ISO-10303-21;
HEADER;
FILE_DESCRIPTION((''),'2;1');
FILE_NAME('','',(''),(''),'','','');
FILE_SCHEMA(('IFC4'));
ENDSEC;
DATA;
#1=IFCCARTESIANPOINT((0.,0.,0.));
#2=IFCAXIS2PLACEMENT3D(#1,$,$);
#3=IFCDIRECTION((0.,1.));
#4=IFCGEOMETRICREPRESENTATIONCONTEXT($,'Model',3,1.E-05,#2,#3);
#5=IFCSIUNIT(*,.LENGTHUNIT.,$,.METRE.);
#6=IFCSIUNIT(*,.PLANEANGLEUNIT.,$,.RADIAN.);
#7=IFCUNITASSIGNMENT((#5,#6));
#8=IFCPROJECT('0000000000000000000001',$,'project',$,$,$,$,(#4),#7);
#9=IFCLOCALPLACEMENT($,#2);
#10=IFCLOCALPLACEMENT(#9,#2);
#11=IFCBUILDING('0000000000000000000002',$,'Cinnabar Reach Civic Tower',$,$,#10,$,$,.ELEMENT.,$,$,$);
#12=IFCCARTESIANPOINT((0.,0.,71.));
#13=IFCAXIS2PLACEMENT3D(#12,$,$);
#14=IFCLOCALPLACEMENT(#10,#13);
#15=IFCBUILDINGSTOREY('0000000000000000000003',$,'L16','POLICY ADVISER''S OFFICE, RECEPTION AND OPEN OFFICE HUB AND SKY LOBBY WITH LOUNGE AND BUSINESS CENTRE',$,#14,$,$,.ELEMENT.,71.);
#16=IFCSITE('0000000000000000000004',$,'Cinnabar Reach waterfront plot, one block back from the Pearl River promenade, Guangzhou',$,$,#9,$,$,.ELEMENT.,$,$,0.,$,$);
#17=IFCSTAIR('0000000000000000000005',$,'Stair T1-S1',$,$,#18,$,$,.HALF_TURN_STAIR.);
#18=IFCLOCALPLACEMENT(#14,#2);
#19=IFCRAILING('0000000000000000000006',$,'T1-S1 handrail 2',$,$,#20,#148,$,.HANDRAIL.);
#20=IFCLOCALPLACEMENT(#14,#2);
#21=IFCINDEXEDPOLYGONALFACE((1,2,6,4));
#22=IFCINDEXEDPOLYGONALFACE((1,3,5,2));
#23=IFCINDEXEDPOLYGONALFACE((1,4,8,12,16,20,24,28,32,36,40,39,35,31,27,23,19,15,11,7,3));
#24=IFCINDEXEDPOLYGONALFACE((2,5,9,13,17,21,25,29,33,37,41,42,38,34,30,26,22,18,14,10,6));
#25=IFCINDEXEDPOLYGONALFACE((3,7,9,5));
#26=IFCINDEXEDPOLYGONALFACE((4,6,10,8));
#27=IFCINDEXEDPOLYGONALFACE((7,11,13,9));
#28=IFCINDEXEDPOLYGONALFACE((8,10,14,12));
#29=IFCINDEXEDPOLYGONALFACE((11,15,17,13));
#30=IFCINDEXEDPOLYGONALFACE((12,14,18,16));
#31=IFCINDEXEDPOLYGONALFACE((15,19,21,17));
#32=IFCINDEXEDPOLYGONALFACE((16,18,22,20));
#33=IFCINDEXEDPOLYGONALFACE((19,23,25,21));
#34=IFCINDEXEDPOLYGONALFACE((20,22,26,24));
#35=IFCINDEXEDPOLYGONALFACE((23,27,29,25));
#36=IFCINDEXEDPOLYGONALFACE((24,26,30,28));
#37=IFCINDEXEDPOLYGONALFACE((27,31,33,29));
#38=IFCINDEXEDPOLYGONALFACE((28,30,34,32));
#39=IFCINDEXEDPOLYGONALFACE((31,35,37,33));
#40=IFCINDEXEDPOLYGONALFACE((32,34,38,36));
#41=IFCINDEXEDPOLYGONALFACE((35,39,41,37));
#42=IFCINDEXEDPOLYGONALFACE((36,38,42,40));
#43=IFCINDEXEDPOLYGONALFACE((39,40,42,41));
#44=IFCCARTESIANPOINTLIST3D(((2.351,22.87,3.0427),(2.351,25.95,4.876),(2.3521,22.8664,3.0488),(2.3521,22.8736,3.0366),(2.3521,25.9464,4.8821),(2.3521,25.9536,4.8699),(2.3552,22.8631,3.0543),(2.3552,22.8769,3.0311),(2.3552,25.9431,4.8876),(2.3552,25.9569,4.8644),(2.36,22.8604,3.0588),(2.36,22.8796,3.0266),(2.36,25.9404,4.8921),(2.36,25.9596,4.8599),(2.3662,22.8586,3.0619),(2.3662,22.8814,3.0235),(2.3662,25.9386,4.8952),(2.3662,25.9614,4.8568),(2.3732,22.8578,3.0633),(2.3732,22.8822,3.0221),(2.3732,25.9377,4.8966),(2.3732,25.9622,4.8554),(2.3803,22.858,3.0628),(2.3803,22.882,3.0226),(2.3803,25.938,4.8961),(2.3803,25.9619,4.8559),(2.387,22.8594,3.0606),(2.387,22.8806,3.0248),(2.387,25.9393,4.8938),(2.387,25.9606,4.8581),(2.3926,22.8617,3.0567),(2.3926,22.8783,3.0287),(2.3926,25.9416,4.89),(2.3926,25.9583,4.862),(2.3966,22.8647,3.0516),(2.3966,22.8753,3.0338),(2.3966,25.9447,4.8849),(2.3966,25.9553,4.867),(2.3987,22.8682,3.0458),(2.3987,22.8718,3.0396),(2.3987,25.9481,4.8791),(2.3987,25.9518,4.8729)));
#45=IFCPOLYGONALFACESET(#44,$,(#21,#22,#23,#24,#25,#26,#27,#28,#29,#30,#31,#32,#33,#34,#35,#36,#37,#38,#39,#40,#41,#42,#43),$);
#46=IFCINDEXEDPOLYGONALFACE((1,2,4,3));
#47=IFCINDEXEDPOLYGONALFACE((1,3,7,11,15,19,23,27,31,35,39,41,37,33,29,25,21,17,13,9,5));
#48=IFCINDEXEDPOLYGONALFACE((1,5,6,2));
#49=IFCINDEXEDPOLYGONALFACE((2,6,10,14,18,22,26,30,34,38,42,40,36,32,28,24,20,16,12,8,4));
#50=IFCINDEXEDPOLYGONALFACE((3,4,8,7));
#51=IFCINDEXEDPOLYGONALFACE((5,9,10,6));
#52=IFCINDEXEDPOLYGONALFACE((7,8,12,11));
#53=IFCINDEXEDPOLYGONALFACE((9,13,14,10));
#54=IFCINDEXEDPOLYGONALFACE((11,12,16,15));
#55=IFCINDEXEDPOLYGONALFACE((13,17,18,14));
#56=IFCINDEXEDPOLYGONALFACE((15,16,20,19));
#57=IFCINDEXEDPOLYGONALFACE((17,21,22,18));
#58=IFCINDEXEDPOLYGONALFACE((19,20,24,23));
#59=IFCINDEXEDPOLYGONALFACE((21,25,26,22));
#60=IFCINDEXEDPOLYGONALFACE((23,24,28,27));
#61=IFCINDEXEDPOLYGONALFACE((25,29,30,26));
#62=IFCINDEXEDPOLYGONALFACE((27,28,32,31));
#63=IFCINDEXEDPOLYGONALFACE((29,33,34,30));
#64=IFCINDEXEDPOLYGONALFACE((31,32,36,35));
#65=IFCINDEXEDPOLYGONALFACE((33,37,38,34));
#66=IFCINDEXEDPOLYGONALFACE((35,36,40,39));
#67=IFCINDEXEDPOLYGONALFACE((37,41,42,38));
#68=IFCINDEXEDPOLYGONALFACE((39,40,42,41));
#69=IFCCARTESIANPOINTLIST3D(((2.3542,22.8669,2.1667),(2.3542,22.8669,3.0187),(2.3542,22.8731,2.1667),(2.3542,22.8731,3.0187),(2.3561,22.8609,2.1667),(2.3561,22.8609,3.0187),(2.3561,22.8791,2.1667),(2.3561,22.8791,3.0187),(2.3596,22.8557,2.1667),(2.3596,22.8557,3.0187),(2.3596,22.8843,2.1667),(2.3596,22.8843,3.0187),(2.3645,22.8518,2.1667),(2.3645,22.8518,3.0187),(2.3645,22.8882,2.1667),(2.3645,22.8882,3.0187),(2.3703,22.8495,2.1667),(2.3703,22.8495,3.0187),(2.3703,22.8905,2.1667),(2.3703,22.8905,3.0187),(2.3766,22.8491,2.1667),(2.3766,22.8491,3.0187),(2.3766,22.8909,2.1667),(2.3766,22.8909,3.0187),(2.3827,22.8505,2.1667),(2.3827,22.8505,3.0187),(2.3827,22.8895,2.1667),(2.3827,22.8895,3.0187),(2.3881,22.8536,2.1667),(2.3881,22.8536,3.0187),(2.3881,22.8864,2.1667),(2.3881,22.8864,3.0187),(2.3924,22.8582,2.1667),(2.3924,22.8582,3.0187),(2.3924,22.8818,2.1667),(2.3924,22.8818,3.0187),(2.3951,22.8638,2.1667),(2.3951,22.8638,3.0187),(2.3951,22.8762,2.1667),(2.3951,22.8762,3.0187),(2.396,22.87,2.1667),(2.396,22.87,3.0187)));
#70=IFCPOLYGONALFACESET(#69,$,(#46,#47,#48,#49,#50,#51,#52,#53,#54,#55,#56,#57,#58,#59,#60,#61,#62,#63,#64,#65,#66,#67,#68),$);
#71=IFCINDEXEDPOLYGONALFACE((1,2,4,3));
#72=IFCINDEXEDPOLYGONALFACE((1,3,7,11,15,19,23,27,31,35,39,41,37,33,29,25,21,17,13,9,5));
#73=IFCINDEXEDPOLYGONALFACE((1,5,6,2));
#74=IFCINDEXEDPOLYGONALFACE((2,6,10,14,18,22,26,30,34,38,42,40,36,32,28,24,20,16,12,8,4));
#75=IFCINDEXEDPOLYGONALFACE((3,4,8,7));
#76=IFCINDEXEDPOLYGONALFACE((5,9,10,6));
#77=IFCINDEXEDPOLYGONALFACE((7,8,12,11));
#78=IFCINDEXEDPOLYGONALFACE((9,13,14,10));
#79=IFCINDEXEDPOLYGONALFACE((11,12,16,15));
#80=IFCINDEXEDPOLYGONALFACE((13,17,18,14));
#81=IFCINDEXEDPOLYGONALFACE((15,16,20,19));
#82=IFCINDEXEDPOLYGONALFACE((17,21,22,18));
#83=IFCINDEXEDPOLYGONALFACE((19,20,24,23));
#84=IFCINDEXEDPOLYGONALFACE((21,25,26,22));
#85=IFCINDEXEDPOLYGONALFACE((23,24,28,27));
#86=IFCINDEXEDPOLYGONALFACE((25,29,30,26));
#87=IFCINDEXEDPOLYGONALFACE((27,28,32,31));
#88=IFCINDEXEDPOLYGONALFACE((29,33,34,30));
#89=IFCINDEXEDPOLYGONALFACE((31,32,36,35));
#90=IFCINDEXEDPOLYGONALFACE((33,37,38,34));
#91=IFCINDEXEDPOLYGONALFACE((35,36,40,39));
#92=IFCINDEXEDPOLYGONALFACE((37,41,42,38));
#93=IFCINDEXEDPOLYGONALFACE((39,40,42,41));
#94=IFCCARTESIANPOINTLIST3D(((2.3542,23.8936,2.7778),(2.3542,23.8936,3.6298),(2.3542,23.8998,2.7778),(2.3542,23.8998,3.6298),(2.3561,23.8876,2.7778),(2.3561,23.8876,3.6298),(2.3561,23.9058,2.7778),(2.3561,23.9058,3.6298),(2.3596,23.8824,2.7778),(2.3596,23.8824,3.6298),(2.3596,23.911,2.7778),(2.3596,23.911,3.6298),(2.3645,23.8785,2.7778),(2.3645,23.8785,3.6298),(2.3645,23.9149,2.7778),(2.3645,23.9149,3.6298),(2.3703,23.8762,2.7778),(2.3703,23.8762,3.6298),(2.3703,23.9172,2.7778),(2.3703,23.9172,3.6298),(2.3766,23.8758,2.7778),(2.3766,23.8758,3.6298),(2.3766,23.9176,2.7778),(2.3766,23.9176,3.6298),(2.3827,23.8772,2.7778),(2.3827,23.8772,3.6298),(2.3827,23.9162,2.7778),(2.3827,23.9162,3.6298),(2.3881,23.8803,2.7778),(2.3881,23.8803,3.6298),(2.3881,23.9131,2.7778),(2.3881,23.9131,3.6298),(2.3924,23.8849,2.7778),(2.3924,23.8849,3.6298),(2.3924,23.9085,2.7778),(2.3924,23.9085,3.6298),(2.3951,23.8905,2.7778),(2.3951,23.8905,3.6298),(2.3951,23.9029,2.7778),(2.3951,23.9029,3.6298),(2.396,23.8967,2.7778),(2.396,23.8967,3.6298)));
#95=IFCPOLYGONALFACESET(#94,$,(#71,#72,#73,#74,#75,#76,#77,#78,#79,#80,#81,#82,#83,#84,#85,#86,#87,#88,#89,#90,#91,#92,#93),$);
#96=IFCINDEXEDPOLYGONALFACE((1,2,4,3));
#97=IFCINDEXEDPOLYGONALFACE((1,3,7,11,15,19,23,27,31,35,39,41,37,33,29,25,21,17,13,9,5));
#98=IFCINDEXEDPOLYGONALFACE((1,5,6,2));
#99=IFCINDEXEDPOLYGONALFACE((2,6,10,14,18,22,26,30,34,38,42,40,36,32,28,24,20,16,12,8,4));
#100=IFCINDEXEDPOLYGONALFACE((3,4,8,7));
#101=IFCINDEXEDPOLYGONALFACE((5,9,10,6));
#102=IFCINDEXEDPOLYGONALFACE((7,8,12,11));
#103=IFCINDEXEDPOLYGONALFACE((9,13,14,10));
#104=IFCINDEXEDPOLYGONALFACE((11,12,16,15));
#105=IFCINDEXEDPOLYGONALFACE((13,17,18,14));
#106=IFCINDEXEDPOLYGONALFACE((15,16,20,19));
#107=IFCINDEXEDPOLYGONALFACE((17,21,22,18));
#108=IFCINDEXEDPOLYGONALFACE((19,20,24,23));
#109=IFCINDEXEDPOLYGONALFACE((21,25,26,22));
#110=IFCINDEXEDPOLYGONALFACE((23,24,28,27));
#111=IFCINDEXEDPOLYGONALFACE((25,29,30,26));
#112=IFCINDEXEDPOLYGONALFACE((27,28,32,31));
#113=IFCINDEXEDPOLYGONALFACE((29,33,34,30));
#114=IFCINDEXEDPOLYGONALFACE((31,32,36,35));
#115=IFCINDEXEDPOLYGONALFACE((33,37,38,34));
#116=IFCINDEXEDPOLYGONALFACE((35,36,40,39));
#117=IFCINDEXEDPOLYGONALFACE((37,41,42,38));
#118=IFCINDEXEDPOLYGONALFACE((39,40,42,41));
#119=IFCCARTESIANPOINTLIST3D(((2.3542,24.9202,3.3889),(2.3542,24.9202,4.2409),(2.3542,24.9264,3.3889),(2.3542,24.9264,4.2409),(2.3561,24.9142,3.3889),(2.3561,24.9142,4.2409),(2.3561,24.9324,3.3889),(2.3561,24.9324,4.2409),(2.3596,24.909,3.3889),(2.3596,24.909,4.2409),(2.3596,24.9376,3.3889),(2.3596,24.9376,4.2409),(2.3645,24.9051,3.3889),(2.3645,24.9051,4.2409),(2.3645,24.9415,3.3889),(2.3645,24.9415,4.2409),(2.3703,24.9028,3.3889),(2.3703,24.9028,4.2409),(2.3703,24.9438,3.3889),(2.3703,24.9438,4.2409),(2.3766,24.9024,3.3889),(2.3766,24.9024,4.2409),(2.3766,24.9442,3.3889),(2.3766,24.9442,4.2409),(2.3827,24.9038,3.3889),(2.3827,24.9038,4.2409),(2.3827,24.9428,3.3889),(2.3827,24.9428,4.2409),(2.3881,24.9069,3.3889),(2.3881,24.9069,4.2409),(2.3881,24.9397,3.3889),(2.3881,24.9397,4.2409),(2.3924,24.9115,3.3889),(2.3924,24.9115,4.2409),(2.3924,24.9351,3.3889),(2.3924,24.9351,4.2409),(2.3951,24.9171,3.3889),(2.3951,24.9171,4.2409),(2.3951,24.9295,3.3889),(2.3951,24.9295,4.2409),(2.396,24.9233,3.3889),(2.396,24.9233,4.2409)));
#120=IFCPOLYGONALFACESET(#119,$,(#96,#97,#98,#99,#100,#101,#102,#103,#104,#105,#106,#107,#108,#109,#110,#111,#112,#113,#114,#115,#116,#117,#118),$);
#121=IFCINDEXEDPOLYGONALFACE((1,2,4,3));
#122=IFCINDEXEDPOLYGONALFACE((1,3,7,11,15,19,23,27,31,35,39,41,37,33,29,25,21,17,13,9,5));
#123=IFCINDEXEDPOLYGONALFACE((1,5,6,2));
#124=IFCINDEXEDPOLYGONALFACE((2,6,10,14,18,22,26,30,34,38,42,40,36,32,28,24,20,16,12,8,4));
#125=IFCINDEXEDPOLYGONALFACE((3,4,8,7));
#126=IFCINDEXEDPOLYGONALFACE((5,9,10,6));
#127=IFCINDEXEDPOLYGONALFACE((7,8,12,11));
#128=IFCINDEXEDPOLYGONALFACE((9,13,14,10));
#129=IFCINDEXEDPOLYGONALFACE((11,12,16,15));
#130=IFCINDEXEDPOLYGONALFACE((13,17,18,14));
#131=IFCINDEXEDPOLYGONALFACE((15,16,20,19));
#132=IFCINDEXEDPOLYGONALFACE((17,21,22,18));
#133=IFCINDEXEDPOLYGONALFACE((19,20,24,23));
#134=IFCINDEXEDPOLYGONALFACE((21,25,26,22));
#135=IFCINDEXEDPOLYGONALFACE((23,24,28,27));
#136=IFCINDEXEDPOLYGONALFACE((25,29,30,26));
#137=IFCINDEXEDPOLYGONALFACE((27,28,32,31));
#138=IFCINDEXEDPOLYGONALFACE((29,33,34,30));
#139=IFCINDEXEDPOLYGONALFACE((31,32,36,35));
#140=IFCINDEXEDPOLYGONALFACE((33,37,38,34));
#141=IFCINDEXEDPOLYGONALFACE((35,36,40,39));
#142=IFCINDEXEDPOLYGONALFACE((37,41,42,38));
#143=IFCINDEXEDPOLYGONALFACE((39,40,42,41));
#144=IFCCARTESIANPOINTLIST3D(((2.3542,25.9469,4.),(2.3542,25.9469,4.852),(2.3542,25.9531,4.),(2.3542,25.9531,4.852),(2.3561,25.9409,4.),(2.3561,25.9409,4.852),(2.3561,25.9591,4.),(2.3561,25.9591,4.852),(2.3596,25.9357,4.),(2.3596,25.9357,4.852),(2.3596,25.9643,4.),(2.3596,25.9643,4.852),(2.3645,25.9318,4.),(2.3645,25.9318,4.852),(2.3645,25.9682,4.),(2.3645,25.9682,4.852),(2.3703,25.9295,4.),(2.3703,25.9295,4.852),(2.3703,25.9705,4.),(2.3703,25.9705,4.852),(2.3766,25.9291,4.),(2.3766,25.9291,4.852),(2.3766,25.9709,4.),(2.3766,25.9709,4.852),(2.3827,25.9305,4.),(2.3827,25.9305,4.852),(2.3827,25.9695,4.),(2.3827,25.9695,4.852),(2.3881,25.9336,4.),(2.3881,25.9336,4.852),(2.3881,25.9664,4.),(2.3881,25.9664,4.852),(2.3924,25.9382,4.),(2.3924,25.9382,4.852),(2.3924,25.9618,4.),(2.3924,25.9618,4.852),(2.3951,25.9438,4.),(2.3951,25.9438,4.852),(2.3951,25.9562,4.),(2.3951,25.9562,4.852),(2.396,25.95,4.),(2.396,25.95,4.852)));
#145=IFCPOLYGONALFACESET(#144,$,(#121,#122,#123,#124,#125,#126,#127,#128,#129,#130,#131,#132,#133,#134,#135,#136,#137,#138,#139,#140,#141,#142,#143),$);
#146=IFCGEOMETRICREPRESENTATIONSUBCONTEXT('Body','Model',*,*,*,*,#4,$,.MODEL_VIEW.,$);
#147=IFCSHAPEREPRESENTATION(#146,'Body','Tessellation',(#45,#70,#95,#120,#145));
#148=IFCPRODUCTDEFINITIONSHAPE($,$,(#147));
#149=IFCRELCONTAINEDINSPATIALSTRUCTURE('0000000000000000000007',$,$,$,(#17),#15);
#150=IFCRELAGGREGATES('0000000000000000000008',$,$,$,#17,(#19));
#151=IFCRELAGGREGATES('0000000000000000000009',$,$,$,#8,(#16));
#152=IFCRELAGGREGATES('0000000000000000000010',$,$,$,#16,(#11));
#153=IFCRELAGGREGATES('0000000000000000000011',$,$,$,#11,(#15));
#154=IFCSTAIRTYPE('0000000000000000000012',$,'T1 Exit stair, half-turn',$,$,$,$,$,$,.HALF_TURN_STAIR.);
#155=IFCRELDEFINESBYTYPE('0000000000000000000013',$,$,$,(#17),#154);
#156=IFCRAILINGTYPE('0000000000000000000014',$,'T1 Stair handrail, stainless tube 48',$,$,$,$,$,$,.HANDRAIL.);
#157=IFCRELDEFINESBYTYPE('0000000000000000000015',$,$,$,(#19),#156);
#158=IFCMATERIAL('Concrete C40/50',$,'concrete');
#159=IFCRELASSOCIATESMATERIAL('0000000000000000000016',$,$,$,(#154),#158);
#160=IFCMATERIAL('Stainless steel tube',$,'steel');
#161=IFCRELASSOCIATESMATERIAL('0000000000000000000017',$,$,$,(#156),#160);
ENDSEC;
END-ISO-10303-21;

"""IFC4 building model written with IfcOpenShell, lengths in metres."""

from ifc_helpers import new_model, si_unit, direction, frame, origin, origin_2d, place, context, subcontext, project, spatial, circle, extrude, material, type_object, element, aggregate, save


model = new_model("IFC4")

# Units and contexts
model_context = context("Model", 3, precision=1e-05, world=origin(), true_north=direction((0.0, 1.0)))
body_context = subcontext(model_context, "Body", "Model", "MODEL_VIEW")
ifc_project = project(units=[si_unit("LENGTHUNIT", "METRE"), si_unit("PLANEANGLEUNIT", "RADIAN")], contexts=[model_context])

# Site, building, storey
site_placement = place(None, origin())
site = spatial("IfcSite", under=ifc_project, at=site_placement, Name="Cinnabar Reach waterfront plot, one block back from the Pearl River promenade, Guangzhou", CompositionType="ELEMENT", RefElevation=0.0)
building_placement = place(site_placement, origin())
building = spatial("IfcBuilding", under=site, at=building_placement, Name="Cinnabar Reach Civic Tower", CompositionType="ELEMENT")
storey_placement = place(building_placement, frame((0.0, 0.0, 71.0)))
storey = spatial("IfcBuildingStorey", under=building, at=storey_placement, Name="L16", Description="POLICY ADVISER'S OFFICE, RECEPTION AND OPEN OFFICE HUB AND SKY LOBBY WITH LOUNGE AND BUSINESS CENTRE", CompositionType="ELEMENT", Elevation=71.0)

# Stair, railing
ifc_material_1 = material(Name="Concrete C40/50", Category="concrete")
stair_type = type_object("IfcStairType", Name="T1 Exit stair, half-turn", PredefinedType="HALF_TURN_STAIR", material=ifc_material_1)
stair_placement = place(storey_placement, origin())
stair = element("IfcStair", 1, at=stair_placement, inside=storey, type_object=stair_type, Name="Stair T1-S1", PredefinedType="HALF_TURN_STAIR")
ifc_material_2 = material(Name="Stainless steel tube", Category="steel")
railing_type = type_object("IfcRailingType", Name="T1 Stair handrail, stainless tube 48", PredefinedType="HANDRAIL", material=ifc_material_2)
railing_placement = place(storey_placement, frame((2.375, 22.87, 2.1667)))
railing = element("IfcRailing", 2, at=railing_placement, type_object=railing_type, Name="T1-S1 handrail 2", PredefinedType="HANDRAIL", context=body_context, shape_type="SweptSolid", body=[
    extrude(circle(Radius=0.024, at=origin_2d()), frame((0.0, 0.0, 0.876), z_axis=(0.0, 0.859297, 0.511477), x_axis=(-1.0, 0.0, 0.0)), (0.0, 0.0, 1.0), 3.5843),
    extrude(circle(Radius=0.021, at=origin_2d()), origin(), (0.0, 0.0, 1.0), 0.852),
    extrude(circle(Radius=0.021, at=origin_2d()), frame((0.0, 1.0267, 0.6111)), (0.0, 0.0, 1.0), 0.852),
    extrude(circle(Radius=0.021, at=origin_2d()), frame((0.0, 2.0533, 1.2222)), (0.0, 0.0, 1.0), 0.852),
    extrude(circle(Radius=0.021, at=origin_2d()), frame((0.0, 3.08, 1.8333)), (0.0, 0.0, 1.0), 0.852),
])
aggregate(stair, [railing])

save(model, "model.ifc")
